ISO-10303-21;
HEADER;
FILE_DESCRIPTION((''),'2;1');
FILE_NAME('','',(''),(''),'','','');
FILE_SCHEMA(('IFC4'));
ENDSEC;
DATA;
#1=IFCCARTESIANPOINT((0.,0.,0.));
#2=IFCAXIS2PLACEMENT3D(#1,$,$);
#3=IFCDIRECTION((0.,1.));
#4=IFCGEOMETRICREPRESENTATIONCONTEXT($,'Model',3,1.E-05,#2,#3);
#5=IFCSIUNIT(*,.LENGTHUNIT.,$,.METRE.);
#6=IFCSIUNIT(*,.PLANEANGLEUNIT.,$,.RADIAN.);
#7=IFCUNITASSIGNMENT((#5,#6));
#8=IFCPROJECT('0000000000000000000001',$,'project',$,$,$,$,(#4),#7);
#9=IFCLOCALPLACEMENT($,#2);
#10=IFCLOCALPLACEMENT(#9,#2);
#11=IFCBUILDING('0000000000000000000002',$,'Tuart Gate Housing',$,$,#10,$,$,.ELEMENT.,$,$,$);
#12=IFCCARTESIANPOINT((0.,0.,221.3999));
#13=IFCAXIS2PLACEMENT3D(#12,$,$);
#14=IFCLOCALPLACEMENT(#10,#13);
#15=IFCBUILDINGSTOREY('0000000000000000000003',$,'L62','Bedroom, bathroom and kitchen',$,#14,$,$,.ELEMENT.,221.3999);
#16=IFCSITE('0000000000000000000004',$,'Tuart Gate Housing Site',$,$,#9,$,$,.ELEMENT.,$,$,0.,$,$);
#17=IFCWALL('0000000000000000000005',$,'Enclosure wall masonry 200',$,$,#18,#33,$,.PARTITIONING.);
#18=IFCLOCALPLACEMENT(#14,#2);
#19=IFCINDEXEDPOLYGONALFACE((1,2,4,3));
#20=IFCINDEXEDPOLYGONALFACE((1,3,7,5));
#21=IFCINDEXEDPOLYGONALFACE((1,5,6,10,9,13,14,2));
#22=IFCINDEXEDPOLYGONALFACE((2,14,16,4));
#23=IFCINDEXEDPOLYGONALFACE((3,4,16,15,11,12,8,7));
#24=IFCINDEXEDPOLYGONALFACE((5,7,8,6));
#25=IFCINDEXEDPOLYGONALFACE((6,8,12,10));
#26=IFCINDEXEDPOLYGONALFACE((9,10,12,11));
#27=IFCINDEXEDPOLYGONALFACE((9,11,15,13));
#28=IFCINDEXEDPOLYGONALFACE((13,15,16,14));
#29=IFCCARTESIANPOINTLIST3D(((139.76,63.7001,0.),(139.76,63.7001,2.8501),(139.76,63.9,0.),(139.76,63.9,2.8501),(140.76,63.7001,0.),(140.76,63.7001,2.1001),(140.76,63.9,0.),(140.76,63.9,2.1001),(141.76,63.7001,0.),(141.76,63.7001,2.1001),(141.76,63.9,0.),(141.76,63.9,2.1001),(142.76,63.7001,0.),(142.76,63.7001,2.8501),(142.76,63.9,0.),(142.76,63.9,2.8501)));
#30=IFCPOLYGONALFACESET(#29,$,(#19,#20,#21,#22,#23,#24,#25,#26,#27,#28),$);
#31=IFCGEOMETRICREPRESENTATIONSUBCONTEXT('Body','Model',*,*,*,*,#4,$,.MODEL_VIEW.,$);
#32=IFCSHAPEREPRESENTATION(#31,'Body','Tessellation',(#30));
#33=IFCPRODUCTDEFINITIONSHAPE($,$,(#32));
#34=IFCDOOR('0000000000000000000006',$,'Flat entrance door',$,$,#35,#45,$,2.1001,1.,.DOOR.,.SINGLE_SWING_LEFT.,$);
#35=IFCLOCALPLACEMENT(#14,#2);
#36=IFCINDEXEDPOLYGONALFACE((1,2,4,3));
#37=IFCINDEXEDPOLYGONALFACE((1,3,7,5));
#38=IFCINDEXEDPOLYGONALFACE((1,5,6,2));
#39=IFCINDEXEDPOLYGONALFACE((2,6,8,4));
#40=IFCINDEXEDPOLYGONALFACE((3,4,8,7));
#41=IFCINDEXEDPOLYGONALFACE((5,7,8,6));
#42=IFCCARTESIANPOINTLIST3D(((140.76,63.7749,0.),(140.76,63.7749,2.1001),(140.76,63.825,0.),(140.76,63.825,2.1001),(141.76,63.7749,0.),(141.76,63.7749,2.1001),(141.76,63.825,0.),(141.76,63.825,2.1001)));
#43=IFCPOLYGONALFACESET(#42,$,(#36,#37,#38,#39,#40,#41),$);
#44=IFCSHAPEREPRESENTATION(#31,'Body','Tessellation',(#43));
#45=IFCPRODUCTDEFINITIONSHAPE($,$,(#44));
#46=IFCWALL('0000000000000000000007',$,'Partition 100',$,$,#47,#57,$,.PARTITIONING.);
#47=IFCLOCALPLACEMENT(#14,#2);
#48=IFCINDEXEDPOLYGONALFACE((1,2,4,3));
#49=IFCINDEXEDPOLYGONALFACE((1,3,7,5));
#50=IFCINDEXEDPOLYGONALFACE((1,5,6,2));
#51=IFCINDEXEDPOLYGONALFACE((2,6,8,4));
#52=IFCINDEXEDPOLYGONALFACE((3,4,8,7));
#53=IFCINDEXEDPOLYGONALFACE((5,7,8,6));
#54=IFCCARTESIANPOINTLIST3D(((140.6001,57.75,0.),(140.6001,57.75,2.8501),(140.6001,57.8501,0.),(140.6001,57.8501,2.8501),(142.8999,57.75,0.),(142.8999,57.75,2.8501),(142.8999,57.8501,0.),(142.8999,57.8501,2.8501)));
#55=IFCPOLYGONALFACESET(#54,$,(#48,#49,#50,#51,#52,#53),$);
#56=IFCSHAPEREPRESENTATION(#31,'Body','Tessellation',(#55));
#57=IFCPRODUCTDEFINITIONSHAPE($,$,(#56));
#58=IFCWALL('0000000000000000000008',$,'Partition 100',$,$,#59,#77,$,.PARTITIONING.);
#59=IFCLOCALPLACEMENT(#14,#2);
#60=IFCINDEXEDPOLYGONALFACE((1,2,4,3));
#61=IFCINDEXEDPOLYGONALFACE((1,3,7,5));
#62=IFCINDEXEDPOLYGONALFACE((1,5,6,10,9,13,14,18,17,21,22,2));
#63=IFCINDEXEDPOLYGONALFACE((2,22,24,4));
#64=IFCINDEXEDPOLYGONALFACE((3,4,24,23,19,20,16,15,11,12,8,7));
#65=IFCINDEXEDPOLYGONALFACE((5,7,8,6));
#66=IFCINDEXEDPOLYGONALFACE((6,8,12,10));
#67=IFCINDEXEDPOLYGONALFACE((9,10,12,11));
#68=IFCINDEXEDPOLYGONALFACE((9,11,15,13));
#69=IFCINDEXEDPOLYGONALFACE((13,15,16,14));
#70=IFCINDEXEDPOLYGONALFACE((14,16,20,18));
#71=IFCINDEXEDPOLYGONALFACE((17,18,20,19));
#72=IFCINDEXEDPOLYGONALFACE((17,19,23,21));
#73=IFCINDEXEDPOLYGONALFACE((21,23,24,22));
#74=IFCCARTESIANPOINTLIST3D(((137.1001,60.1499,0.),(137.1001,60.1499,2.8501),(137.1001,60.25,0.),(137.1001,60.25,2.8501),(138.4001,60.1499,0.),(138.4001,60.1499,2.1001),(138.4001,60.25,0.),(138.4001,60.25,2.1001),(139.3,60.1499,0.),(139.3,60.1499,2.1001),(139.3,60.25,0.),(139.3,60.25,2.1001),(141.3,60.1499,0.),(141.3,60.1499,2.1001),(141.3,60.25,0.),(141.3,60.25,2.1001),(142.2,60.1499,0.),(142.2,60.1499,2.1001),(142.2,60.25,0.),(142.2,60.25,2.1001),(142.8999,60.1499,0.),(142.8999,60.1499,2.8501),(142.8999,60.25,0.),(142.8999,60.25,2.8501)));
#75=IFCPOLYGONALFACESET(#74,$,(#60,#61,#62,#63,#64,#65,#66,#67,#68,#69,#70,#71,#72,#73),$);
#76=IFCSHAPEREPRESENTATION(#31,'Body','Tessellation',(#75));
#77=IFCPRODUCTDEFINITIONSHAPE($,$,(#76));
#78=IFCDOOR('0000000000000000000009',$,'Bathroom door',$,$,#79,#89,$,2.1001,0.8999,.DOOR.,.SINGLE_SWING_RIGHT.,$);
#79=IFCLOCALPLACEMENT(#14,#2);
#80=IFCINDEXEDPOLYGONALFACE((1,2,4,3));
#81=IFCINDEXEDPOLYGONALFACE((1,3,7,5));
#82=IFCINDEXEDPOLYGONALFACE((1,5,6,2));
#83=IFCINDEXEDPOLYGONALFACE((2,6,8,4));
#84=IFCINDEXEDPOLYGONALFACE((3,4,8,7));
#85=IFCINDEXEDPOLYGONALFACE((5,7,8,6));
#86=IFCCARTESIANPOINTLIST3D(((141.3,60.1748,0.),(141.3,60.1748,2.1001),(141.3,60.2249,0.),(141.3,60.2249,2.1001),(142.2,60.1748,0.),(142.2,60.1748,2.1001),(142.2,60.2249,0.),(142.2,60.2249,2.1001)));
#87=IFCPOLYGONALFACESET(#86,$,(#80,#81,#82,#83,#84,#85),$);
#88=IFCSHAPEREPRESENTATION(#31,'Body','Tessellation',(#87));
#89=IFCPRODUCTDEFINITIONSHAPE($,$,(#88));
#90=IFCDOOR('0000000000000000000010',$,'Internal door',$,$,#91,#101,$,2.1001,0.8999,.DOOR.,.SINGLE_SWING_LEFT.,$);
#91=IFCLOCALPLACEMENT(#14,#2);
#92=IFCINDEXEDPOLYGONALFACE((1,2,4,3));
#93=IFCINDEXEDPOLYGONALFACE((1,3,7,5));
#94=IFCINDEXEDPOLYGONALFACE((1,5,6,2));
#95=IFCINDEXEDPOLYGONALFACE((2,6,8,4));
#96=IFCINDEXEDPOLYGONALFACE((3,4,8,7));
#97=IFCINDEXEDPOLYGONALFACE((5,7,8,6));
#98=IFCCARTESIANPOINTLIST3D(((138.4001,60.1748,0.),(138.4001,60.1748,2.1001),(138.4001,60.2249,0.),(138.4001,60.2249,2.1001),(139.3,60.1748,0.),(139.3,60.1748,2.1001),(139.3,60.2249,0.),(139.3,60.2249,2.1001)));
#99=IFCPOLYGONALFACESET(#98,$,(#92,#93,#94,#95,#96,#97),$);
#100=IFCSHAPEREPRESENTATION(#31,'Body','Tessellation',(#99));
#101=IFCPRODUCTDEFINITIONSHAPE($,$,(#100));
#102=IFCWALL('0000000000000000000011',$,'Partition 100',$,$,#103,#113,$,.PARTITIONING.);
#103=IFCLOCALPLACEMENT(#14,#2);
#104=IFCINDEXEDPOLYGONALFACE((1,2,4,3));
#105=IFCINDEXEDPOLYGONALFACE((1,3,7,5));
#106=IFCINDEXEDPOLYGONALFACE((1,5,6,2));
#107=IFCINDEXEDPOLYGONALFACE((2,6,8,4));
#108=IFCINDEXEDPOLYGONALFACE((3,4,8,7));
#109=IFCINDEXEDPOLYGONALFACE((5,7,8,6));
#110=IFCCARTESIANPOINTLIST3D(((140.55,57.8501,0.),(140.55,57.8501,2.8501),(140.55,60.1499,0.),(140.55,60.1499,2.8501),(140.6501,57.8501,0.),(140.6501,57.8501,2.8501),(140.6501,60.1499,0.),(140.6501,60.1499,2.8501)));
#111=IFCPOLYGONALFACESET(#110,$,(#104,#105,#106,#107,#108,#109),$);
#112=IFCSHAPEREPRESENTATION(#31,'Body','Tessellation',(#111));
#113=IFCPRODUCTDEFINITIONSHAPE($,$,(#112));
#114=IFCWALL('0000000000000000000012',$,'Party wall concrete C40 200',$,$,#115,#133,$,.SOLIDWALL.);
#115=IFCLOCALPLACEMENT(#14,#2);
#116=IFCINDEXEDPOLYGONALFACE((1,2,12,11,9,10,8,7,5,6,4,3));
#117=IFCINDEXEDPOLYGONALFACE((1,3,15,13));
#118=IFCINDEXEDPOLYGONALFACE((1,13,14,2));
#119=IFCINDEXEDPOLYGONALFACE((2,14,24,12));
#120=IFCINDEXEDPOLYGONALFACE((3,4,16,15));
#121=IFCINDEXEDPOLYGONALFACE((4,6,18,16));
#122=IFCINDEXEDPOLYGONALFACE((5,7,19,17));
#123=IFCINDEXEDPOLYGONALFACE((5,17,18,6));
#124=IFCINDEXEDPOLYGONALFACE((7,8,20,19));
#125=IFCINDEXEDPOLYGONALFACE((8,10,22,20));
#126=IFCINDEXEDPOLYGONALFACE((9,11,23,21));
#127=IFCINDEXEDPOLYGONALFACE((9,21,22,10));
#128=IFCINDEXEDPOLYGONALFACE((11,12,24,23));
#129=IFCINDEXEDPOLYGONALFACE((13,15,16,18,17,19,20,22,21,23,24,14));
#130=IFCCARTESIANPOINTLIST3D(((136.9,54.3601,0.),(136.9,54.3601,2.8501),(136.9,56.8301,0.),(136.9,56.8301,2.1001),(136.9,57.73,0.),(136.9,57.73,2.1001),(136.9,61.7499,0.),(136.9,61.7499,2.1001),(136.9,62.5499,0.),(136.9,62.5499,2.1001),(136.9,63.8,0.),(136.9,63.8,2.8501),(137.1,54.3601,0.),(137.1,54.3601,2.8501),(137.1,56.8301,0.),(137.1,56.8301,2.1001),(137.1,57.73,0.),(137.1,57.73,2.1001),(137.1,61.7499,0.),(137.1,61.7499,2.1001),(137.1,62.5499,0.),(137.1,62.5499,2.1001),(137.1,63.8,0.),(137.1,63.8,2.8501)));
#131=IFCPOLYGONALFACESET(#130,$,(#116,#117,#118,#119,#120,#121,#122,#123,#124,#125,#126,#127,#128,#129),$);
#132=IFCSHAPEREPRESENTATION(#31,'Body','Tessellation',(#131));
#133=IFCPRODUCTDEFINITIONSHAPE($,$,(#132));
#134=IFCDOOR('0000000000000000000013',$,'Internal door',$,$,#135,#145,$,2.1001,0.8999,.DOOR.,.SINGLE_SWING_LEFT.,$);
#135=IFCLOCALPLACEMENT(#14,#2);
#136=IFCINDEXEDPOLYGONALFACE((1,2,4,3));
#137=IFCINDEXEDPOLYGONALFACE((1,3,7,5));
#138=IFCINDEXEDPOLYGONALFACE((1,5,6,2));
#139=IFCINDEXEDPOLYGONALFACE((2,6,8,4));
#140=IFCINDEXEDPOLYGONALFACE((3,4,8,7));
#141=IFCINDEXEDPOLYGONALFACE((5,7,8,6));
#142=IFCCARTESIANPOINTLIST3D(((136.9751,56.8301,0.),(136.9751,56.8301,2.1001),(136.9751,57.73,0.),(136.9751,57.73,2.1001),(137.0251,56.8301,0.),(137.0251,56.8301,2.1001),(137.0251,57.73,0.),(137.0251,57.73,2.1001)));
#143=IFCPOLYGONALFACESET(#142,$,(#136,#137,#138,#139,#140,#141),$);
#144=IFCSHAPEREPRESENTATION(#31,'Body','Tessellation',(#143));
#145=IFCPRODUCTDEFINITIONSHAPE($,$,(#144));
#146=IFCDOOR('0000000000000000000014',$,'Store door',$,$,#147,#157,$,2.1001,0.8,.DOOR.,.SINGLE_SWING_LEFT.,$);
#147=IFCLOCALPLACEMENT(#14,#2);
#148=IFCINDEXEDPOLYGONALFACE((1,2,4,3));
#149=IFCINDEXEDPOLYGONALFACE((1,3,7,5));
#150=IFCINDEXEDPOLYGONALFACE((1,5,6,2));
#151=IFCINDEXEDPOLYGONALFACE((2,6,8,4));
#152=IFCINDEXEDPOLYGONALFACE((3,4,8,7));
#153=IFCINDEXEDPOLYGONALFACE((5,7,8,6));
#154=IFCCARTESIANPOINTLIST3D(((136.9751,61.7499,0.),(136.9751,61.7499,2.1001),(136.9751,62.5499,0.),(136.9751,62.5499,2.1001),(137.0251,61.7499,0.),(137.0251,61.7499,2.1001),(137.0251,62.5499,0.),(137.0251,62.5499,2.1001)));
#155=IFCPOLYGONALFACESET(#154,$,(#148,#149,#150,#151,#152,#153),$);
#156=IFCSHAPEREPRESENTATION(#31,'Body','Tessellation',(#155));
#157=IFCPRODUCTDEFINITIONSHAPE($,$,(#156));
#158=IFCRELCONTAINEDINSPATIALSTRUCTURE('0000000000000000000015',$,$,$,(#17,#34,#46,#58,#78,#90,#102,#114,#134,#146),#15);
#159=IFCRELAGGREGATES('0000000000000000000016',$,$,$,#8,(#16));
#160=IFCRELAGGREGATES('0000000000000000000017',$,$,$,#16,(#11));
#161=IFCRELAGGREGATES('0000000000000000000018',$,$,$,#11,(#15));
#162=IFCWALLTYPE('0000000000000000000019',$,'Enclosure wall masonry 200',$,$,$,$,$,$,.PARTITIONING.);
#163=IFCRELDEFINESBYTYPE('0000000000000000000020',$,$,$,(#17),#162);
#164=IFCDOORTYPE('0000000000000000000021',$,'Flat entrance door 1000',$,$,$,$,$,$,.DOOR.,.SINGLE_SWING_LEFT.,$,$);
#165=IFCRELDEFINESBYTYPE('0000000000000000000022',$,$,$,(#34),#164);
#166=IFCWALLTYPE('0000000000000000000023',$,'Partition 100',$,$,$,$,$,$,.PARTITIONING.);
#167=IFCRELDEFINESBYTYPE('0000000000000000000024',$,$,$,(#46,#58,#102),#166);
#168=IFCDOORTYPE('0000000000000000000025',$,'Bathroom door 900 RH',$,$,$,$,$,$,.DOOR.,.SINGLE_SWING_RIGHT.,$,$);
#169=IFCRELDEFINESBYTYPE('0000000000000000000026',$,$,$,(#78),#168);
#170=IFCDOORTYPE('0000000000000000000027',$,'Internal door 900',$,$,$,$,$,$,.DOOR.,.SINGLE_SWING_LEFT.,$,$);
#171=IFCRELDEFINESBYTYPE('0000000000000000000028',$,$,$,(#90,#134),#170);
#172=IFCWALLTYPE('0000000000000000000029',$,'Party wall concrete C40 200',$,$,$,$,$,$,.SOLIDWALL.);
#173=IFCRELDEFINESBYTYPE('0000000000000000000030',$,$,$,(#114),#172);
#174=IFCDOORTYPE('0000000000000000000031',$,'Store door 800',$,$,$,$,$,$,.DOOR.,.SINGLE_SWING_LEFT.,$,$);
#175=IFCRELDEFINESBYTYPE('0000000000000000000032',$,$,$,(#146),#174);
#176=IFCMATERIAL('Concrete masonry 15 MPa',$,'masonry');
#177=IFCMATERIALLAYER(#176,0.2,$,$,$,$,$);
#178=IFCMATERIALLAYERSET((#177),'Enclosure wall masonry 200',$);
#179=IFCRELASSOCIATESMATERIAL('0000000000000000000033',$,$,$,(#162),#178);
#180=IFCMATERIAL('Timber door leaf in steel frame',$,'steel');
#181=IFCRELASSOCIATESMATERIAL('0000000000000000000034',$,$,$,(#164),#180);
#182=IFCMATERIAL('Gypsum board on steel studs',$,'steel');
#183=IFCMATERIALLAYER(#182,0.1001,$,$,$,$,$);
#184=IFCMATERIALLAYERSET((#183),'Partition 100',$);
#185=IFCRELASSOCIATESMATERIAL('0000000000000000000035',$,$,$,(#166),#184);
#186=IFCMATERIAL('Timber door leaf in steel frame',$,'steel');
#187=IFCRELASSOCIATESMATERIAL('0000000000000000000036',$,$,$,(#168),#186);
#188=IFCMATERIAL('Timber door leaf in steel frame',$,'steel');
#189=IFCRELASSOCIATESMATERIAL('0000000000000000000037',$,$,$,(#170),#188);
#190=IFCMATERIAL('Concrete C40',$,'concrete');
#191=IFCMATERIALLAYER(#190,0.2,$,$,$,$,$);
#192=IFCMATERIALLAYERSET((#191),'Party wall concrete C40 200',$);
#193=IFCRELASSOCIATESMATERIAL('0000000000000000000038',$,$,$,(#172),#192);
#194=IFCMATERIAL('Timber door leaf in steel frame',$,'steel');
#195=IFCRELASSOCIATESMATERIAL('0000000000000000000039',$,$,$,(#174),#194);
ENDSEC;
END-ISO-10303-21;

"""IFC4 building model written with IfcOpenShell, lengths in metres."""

from ifc_helpers import new_model, si_unit, direction, frame, frame_2d, origin, place, context, subcontext, project, spatial, rectangle, extrude, material, layer, layer_set, type_object, element, fill, save


model = new_model("IFC4")

# Units and contexts
model_context = context("Model", 3, precision=1e-05, world=origin(), true_north=direction((0.0, 1.0)))
body_context = subcontext(model_context, "Body", "Model", "MODEL_VIEW")
ifc_project = project(units=[si_unit("LENGTHUNIT", "METRE"), si_unit("PLANEANGLEUNIT", "RADIAN")], contexts=[model_context])

# Site, building, storey
site_placement = place(None, origin())
site = spatial("IfcSite", under=ifc_project, at=site_placement, Name="Tuart Gate Housing Site", CompositionType="ELEMENT", RefElevation=0.0)
building_placement = place(site_placement, origin())
building = spatial("IfcBuilding", under=site, at=building_placement, Name="Tuart Gate Housing", CompositionType="ELEMENT")
storey_placement = place(building_placement, frame((0.0, 0.0, 221.3999)))
storey = spatial("IfcBuildingStorey", under=building, at=storey_placement, Name="L62", Description="Bedroom, bathroom and kitchen", CompositionType="ELEMENT", Elevation=221.3999)

# Wall, opening, door
ifc_material_1 = material(Name="Concrete masonry 15 MPa", Category="masonry")
ifc_layer_1 = layer(ifc_material_1, 0.2)
ifc_layer_set_1 = layer_set([ifc_layer_1], Name="Enclosure wall masonry 200")
wall_type_1 = type_object("IfcWallType", Name="Enclosure wall masonry 200", PredefinedType="PARTITIONING", material=ifc_layer_set_1)
wall_1_placement = place(storey_placement, frame((139.76, 63.8, 0.0), z_axis=(0.0, 0.0, 1.0), x_axis=(1.0, 0.0, 0.0)))
wall_1 = element("IfcWall", 1, at=wall_1_placement, inside=storey, type_object=wall_type_1, Name="Enclosure wall masonry 200", PredefinedType="PARTITIONING", context=body_context, shape_type="SweptSolid", body=[
    extrude(rectangle(XDim=3.0, YDim=0.2, at=frame_2d((1.5, 0.0))), origin(), (0.0, 0.0, 1.0), 2.8501),
])
opening_1_placement = place(wall_1_placement, frame((1.0, 0.0, 0.0)))
opening_1 = element("IfcOpeningElement", 2, at=opening_1_placement, cuts=wall_1, PredefinedType="OPENING", context=body_context, shape_type="SweptSolid", body=[
    extrude(rectangle(XDim=1.0, YDim=2.1001, at=frame_2d((0.5, 1.05))), frame((0.0, 0.1099, 0.0), z_axis=(0.0, -1.0, 0.0), x_axis=(1.0, 0.0, 0.0)), (0.0, 0.0, 1.0), 0.22),
])
ifc_material_2 = material(Name="Timber door leaf in steel frame", Category="steel")
door_type_1 = type_object("IfcDoorType", Name="Flat entrance door 1000", OperationType="SINGLE_SWING_LEFT", PredefinedType="DOOR", material=ifc_material_2)
door_1_placement = place(opening_1_placement, frame((1.0, 0.0, 0.0), z_axis=(0.0, 0.0, 1.0), x_axis=(-1.0, 0.0, 0.0)))
door_1 = element("IfcDoor", 3, at=door_1_placement, inside=storey, type_object=door_type_1, Name="Flat entrance door", OperationType="SINGLE_SWING_LEFT", OverallHeight=2.1001, OverallWidth=1.0, PredefinedType="DOOR", context=body_context, shape_type="SweptSolid", body=[
    extrude(rectangle(XDim=1.0, YDim=2.1001, at=frame_2d((0.5, 1.05))), frame((0.0, 0.0251, 0.0), z_axis=(0.0, -1.0, 0.0), x_axis=(1.0, 0.0, 0.0)), (0.0, 0.0, 1.0), 0.05),
])
fill(opening_1, door_1)

# Wall
ifc_material_3 = material(Name="Gypsum board on steel studs", Category="steel")
ifc_layer_2 = layer(ifc_material_3, 0.1001)
ifc_layer_set_2 = layer_set([ifc_layer_2], Name="Partition 100")
wall_type_2 = type_object("IfcWallType", Name="Partition 100", PredefinedType="PARTITIONING", material=ifc_layer_set_2)
wall_2_placement = place(storey_placement, frame((140.6001, 57.8, 0.0), z_axis=(0.0, 0.0, 1.0), x_axis=(1.0, 0.0, 0.0)))
element("IfcWall", 4, at=wall_2_placement, inside=storey, type_object=wall_type_2, Name="Partition 100", PredefinedType="PARTITIONING", context=body_context, shape_type="SweptSolid", body=[
    extrude(rectangle(XDim=2.2998, YDim=0.1001, at=frame_2d((1.1499, 0.0))), origin(), (0.0, 0.0, 1.0), 2.8501),
])

# Wall, openings, doors
wall_3_placement = place(storey_placement, frame((137.1001, 60.2, 0.0), z_axis=(0.0, 0.0, 1.0), x_axis=(1.0, 0.0, 0.0)))
wall_3 = element("IfcWall", 5, at=wall_3_placement, inside=storey, type_object=wall_type_2, Name="Partition 100", PredefinedType="PARTITIONING", context=body_context, shape_type="SweptSolid", body=[
    extrude(rectangle(XDim=5.7998, YDim=0.1001, at=frame_2d((2.8999, 0.0))), origin(), (0.0, 0.0, 1.0), 2.8501),
])
opening_2_placement = place(wall_3_placement, frame((1.3, 0.0, 0.0)))
opening_2 = element("IfcOpeningElement", 6, at=opening_2_placement, cuts=wall_3, PredefinedType="OPENING", context=body_context, shape_type="SweptSolid", body=[
    extrude(rectangle(XDim=0.8999, YDim=2.1001, at=frame_2d((0.45, 1.05))), frame((0.0, 0.0601, 0.0), z_axis=(0.0, -1.0, 0.0), x_axis=(1.0, 0.0, 0.0)), (0.0, 0.0, 1.0), 0.1201),
])
opening_3_placement = place(wall_3_placement, frame((4.2, 0.0, 0.0)))
opening_3 = element("IfcOpeningElement", 7, at=opening_3_placement, cuts=wall_3, PredefinedType="OPENING", context=body_context, shape_type="SweptSolid", body=[
    extrude(rectangle(XDim=0.8999, YDim=2.1001, at=frame_2d((0.45, 1.05))), frame((0.0, 0.0601, 0.0), z_axis=(0.0, -1.0, 0.0), x_axis=(1.0, 0.0, 0.0)), (0.0, 0.0, 1.0), 0.1201),
])
ifc_material_4 = material(Name="Timber door leaf in steel frame", Category="steel")
door_type_2 = type_object("IfcDoorType", Name="Bathroom door 900 RH", OperationType="SINGLE_SWING_RIGHT", PredefinedType="DOOR", material=ifc_material_4)
door_2_placement = place(opening_3_placement, frame((0.8999, 0.0, 0.0), z_axis=(0.0, 0.0, 1.0), x_axis=(-1.0, 0.0, 0.0)))
door_2 = element("IfcDoor", 8, at=door_2_placement, inside=storey, type_object=door_type_2, Name="Bathroom door", OperationType="SINGLE_SWING_RIGHT", OverallHeight=2.1001, OverallWidth=0.8999, PredefinedType="DOOR", context=body_context, shape_type="SweptSolid", body=[
    extrude(rectangle(XDim=0.8999, YDim=2.1001, at=frame_2d((0.45, 1.05))), frame((0.0, 0.0251, 0.0), z_axis=(0.0, -1.0, 0.0), x_axis=(1.0, 0.0, 0.0)), (0.0, 0.0, 1.0), 0.05),
])
fill(opening_3, door_2)
ifc_material_5 = material(Name="Timber door leaf in steel frame", Category="steel")
door_type_3 = type_object("IfcDoorType", Name="Internal door 900", OperationType="SINGLE_SWING_LEFT", PredefinedType="DOOR", material=ifc_material_5)
door_3_placement = place(opening_2_placement, origin())
door_3 = element("IfcDoor", 9, at=door_3_placement, inside=storey, type_object=door_type_3, Name="Internal door", OperationType="SINGLE_SWING_LEFT", OverallHeight=2.1001, OverallWidth=0.8999, PredefinedType="DOOR", context=body_context, shape_type="SweptSolid", body=[
    extrude(rectangle(XDim=0.8999, YDim=2.1001, at=frame_2d((0.45, 1.05))), frame((0.0, 0.0249, 0.0), z_axis=(0.0, -1.0, 0.0), x_axis=(1.0, 0.0, 0.0)), (0.0, 0.0, 1.0), 0.05),
])
fill(opening_2, door_3)

# Wall
wall_4_placement = place(storey_placement, frame((140.6001, 57.8501, 0.0), z_axis=(0.0, 0.0, 1.0), x_axis=(0.0, 1.0, 0.0)))
element("IfcWall", 10, at=wall_4_placement, inside=storey, type_object=wall_type_2, Name="Partition 100", PredefinedType="PARTITIONING", context=body_context, shape_type="SweptSolid", body=[
    extrude(rectangle(XDim=2.2998, YDim=0.1001, at=frame_2d((1.1499, 0.0))), origin(), (0.0, 0.0, 1.0), 2.8501),
])

# Wall, openings, doors
ifc_material_6 = material(Name="Concrete C40", Category="concrete")
ifc_layer_3 = layer(ifc_material_6, 0.2)
ifc_layer_set_3 = layer_set([ifc_layer_3], Name="Party wall concrete C40 200")
wall_type_3 = type_object("IfcWallType", Name="Party wall concrete C40 200", PredefinedType="SOLIDWALL", material=ifc_layer_set_3)
wall_5_placement = place(storey_placement, frame((137.0, 54.3601, 0.0), z_axis=(0.0, 0.0, 1.0), x_axis=(0.0, 1.0, 0.0)))
wall_5 = element("IfcWall", 11, at=wall_5_placement, inside=storey, type_object=wall_type_3, Name="Party wall concrete C40 200", PredefinedType="SOLIDWALL", context=body_context, shape_type="SweptSolid", body=[
    extrude(rectangle(XDim=9.4399, YDim=0.2, at=frame_2d((4.72, 0.0))), origin(), (0.0, 0.0, 1.0), 2.8501),
])
opening_4_placement = place(wall_5_placement, frame((2.47, 0.0, 0.0)))
opening_4 = element("IfcOpeningElement", 12, at=opening_4_placement, cuts=wall_5, PredefinedType="OPENING", context=body_context, shape_type="SweptSolid", body=[
    extrude(rectangle(XDim=0.8999, YDim=2.1001, at=frame_2d((0.45, 1.05))), frame((0.0, 0.1099, 0.0), z_axis=(0.0, -1.0, 0.0), x_axis=(1.0, 0.0, 0.0)), (0.0, 0.0, 1.0), 0.22),
])
opening_5_placement = place(wall_5_placement, frame((7.3899, 0.0, 0.0)))
opening_5 = element("IfcOpeningElement", 13, at=opening_5_placement, cuts=wall_5, PredefinedType="OPENING", context=body_context, shape_type="SweptSolid", body=[
    extrude(rectangle(XDim=0.8, YDim=2.1001, at=frame_2d((0.3999, 1.05))), frame((0.0, 0.1099, 0.0), z_axis=(0.0, -1.0, 0.0), x_axis=(1.0, 0.0, 0.0)), (0.0, 0.0, 1.0), 0.22),
])
door_4_placement = place(opening_4_placement, origin())
door_4 = element("IfcDoor", 14, at=door_4_placement, inside=storey, type_object=door_type_3, Name="Internal door", OperationType="SINGLE_SWING_LEFT", OverallHeight=2.1001, OverallWidth=0.8999, PredefinedType="DOOR", context=body_context, shape_type="SweptSolid", body=[
    extrude(rectangle(XDim=0.8999, YDim=2.1001, at=frame_2d((0.45, 1.05))), frame((0.0, 0.0249, 0.0), z_axis=(0.0, -1.0, 0.0), x_axis=(1.0, 0.0, 0.0)), (0.0, 0.0, 1.0), 0.05),
])
fill(opening_4, door_4)
ifc_material_7 = material(Name="Timber door leaf in steel frame", Category="steel")
door_type_4 = type_object("IfcDoorType", Name="Store door 800", OperationType="SINGLE_SWING_LEFT", PredefinedType="DOOR", material=ifc_material_7)
door_5_placement = place(opening_5_placement, origin())
door_5 = element("IfcDoor", 15, at=door_5_placement, inside=storey, type_object=door_type_4, Name="Store door", OperationType="SINGLE_SWING_LEFT", OverallHeight=2.1001, OverallWidth=0.8, PredefinedType="DOOR", context=body_context, shape_type="SweptSolid", body=[
    extrude(rectangle(XDim=0.8, YDim=2.1001, at=frame_2d((0.3999, 1.05))), frame((0.0, 0.0249, 0.0), z_axis=(0.0, -1.0, 0.0), x_axis=(1.0, 0.0, 0.0)), (0.0, 0.0, 1.0), 0.05),
])
fill(opening_5, door_5)

save(model, "model.ifc")
